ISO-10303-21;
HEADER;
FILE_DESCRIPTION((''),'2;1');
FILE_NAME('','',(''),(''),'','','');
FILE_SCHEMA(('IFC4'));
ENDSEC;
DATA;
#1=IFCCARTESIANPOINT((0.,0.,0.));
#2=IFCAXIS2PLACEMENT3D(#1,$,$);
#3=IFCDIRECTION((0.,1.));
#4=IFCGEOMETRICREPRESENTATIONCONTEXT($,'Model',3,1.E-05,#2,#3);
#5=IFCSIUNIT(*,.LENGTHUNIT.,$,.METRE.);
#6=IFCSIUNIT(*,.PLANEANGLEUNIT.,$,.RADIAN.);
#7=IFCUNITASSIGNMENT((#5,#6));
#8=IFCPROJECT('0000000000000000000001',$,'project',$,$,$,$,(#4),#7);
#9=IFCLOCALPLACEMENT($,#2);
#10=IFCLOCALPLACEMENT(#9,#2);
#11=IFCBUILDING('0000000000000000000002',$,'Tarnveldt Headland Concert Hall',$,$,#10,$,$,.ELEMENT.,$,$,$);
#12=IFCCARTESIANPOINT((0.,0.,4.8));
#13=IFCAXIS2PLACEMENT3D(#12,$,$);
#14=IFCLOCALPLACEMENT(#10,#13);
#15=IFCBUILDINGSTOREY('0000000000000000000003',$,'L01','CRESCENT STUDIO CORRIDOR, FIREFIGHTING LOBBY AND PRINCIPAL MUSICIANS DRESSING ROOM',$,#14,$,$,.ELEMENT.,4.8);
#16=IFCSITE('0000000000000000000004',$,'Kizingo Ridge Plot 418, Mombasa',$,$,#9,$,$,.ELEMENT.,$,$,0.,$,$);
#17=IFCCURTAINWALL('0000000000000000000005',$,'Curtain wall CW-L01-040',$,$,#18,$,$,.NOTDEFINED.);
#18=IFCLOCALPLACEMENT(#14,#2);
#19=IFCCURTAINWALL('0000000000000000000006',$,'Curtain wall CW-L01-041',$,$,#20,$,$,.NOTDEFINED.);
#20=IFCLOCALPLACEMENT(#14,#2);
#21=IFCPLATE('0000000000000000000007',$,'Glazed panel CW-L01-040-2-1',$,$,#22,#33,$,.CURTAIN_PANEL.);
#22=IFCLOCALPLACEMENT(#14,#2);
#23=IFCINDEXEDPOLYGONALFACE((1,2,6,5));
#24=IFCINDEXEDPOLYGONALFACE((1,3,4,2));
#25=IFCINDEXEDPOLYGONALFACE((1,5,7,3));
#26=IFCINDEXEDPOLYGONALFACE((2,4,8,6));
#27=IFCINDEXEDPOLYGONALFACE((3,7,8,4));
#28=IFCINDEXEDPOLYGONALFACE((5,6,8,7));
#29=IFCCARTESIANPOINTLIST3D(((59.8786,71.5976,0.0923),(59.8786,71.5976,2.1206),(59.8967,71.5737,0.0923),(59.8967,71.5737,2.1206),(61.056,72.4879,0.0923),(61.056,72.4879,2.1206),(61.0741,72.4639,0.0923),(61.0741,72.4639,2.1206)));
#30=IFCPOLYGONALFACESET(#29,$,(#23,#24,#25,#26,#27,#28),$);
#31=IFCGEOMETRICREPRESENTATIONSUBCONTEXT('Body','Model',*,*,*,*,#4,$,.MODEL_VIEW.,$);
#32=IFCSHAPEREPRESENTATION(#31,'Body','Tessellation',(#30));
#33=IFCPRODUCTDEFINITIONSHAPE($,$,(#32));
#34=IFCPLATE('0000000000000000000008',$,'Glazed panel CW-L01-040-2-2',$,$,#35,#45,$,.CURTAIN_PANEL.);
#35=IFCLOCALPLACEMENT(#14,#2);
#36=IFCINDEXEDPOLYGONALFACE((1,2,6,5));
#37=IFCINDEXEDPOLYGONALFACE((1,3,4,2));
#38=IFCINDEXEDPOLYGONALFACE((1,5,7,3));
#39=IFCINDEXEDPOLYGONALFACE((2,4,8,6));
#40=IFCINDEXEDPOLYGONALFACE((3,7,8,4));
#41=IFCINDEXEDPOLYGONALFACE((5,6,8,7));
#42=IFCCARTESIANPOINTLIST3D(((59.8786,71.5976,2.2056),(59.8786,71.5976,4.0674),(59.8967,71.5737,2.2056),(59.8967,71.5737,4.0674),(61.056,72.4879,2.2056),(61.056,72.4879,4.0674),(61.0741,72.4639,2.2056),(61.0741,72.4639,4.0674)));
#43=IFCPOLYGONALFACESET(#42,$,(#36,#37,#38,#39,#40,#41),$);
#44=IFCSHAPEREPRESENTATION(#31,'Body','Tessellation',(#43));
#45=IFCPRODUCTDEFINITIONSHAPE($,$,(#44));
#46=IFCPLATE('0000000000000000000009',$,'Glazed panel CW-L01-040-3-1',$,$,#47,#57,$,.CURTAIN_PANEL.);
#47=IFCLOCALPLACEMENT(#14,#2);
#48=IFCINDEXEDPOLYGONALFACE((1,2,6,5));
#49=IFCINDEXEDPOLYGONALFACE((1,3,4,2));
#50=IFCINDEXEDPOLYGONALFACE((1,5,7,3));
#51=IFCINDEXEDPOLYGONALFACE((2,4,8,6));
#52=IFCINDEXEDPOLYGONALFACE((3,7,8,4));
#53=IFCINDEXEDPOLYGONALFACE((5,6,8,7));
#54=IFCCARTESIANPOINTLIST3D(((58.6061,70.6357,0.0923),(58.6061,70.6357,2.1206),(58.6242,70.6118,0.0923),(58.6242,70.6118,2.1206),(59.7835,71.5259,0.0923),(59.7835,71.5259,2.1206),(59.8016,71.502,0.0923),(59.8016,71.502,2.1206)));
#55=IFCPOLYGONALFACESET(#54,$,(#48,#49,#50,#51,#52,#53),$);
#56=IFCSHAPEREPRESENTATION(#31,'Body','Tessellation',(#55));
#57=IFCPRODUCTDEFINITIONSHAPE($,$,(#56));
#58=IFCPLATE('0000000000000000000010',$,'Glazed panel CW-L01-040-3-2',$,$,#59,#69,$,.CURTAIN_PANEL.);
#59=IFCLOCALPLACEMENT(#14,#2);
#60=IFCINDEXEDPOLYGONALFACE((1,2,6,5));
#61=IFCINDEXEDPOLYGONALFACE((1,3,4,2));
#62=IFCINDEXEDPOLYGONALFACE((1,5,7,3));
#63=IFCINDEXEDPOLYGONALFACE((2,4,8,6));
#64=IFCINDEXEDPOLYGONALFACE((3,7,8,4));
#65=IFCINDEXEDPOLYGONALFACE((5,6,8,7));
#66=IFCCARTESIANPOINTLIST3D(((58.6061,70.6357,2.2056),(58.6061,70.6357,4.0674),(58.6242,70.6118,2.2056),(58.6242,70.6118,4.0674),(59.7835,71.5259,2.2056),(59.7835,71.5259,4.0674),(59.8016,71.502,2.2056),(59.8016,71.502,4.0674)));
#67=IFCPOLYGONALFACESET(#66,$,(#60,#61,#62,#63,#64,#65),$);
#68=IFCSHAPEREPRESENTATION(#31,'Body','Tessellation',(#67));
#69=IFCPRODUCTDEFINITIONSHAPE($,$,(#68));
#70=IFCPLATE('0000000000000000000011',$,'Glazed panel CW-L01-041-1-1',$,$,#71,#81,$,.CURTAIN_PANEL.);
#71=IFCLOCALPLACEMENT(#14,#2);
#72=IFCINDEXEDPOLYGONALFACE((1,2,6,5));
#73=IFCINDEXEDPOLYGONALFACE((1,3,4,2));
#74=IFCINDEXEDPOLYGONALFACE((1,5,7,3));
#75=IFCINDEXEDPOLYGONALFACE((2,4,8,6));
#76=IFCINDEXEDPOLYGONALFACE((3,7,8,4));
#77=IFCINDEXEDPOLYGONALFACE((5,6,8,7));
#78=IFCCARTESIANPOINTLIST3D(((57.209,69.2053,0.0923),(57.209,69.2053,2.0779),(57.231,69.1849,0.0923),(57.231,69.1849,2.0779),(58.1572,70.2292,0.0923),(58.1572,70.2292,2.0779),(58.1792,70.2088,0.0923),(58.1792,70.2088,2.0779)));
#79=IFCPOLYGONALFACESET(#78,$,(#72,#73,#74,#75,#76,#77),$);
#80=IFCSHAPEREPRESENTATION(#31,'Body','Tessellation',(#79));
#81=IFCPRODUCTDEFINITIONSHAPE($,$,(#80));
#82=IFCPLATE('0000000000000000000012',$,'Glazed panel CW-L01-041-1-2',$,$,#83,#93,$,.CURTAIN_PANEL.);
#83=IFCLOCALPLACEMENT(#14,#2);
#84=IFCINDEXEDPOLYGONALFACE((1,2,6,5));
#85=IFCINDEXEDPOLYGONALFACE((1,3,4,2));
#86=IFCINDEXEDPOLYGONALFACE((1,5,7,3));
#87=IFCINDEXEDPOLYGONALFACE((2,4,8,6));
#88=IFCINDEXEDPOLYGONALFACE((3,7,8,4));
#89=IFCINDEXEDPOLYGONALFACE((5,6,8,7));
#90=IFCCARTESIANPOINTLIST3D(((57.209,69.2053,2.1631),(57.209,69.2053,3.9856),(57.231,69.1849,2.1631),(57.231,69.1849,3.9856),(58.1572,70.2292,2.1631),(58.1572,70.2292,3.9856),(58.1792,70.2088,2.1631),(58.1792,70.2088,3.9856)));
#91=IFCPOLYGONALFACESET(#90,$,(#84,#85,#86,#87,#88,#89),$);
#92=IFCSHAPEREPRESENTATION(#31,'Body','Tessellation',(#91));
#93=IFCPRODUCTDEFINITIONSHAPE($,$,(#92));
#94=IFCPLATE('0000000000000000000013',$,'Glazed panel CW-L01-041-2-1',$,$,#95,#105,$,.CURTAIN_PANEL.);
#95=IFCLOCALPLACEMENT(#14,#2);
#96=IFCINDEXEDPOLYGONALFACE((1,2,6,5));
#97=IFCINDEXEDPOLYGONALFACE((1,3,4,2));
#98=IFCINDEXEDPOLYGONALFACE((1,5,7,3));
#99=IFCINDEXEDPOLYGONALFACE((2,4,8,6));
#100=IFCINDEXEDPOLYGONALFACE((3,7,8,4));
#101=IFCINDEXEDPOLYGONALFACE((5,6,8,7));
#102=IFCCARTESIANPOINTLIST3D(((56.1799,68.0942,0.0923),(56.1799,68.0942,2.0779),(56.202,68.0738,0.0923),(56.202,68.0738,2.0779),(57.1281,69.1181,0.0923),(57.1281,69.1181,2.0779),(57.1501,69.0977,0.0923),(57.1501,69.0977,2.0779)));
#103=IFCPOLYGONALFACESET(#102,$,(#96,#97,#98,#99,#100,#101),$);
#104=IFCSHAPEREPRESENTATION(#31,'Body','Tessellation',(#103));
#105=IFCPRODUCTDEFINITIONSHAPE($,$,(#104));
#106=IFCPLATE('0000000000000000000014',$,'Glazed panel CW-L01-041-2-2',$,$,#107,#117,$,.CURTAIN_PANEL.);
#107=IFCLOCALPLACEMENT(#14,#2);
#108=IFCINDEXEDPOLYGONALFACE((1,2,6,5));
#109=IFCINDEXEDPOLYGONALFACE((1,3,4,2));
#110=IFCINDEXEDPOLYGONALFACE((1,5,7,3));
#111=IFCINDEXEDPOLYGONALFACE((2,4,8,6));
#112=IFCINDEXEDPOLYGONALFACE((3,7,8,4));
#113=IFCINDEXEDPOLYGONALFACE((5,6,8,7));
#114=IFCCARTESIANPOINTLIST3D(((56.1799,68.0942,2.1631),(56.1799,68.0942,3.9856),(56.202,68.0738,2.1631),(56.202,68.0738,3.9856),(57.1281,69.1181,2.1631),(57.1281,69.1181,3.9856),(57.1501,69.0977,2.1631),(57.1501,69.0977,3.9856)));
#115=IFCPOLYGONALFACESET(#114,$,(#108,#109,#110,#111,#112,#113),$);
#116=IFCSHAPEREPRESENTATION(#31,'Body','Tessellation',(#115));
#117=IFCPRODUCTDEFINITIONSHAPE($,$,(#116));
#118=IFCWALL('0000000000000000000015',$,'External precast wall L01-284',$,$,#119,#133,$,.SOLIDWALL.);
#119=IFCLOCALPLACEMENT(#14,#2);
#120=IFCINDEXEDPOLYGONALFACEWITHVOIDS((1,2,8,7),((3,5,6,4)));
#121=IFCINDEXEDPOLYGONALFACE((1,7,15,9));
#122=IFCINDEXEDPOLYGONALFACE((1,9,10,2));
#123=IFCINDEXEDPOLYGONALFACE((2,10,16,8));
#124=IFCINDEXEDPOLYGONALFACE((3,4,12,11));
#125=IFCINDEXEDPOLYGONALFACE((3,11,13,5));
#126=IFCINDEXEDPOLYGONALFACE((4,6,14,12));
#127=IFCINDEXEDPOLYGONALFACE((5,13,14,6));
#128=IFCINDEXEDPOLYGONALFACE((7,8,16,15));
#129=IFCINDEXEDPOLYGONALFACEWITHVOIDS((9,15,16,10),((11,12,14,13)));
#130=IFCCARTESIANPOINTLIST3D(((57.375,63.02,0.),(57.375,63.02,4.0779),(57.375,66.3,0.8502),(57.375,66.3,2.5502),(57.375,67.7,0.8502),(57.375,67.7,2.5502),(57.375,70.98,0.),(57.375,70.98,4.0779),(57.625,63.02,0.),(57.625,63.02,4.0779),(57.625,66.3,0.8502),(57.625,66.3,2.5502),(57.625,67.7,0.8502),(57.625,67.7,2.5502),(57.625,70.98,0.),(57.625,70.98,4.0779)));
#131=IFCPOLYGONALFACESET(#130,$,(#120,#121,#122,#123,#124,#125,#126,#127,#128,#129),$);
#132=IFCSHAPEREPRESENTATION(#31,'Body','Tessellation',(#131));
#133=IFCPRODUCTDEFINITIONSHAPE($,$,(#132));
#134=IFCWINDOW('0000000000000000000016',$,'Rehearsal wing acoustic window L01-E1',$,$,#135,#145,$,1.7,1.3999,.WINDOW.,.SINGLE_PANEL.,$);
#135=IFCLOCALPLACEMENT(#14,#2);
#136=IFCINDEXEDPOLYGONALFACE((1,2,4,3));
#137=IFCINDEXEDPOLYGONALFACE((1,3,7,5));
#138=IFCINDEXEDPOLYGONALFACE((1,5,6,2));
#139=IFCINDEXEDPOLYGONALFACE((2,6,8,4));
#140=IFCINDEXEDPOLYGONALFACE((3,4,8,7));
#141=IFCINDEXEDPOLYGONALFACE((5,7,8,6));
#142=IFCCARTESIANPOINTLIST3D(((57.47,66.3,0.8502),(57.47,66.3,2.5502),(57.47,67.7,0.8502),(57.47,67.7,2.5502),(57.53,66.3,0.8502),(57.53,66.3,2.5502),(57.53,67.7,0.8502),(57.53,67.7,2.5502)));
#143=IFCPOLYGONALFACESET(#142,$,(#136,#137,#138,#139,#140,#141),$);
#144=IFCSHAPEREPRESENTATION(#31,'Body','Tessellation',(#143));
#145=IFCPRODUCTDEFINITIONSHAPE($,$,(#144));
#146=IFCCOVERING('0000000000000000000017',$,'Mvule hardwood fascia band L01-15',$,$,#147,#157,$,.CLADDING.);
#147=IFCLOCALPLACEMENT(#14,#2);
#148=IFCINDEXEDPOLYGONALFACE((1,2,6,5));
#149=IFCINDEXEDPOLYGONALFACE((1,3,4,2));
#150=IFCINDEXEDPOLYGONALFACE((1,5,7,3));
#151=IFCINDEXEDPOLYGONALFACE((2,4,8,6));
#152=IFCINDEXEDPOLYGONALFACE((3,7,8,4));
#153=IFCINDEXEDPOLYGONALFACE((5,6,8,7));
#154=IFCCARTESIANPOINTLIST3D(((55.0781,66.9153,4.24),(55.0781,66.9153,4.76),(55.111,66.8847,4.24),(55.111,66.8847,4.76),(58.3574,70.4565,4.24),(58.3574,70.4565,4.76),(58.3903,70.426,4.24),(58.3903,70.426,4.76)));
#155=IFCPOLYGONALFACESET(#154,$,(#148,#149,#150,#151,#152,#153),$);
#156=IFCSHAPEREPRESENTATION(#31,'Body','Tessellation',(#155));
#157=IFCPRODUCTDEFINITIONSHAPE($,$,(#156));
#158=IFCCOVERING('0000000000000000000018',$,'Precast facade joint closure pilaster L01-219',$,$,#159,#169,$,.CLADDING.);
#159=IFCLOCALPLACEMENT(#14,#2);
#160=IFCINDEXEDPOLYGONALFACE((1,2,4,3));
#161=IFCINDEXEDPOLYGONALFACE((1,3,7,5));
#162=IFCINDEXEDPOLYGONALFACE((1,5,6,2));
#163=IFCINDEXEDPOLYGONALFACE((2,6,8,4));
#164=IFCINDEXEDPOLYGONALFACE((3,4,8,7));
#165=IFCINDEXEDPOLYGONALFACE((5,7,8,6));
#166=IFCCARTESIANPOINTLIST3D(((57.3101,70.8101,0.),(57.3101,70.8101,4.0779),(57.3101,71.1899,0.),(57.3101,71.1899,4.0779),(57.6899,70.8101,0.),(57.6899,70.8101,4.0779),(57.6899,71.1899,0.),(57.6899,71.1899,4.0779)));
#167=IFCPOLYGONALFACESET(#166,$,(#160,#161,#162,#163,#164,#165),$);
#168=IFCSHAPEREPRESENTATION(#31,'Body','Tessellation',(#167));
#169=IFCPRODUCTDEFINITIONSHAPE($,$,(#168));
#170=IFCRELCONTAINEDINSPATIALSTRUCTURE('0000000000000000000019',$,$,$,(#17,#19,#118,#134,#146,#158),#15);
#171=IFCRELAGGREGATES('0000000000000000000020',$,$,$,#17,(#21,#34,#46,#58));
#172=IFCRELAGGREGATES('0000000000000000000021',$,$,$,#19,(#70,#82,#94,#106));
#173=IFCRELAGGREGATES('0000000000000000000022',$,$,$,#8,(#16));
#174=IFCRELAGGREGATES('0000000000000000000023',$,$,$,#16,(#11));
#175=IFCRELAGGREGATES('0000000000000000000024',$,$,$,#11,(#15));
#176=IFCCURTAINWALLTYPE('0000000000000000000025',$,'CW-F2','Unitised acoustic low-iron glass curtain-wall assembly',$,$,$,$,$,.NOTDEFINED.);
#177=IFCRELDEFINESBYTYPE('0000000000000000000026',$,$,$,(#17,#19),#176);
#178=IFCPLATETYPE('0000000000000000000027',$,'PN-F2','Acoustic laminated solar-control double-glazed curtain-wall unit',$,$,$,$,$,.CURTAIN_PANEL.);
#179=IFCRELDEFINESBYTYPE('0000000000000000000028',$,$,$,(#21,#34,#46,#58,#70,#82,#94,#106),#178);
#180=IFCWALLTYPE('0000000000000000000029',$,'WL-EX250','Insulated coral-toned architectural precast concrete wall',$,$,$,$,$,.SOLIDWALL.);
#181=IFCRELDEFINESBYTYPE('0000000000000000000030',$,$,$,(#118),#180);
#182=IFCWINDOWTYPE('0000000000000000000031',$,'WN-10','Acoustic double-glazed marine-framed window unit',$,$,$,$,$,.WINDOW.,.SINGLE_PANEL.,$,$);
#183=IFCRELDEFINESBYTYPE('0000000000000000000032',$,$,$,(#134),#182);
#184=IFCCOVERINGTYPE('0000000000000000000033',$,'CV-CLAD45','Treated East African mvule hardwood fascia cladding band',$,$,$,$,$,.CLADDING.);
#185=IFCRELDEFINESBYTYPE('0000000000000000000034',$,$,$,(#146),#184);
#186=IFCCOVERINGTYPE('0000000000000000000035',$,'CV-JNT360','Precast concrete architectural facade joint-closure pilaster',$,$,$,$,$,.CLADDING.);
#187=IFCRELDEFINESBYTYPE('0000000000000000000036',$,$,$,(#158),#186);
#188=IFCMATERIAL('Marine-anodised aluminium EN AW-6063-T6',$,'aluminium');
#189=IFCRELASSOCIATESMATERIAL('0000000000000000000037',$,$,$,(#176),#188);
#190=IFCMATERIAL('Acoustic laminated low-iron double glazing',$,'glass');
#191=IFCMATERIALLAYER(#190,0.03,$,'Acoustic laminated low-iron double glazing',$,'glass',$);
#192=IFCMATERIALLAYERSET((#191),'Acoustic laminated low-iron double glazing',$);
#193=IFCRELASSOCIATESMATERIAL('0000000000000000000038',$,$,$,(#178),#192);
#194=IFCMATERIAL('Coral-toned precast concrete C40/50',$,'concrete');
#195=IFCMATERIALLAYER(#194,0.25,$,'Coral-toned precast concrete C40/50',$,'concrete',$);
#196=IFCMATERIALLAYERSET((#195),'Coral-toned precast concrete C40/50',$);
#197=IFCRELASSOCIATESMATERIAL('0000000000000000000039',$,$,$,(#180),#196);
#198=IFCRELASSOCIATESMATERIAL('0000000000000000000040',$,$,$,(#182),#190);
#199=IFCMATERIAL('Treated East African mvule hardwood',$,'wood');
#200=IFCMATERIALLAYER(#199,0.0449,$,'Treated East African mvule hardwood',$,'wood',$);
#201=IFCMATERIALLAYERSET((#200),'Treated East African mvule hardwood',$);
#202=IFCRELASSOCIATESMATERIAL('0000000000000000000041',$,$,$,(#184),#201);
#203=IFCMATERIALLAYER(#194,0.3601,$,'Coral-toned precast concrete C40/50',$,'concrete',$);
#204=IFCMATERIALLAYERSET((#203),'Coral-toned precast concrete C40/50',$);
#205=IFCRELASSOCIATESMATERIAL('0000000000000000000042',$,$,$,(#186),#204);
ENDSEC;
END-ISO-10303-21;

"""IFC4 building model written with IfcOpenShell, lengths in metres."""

from ifc_helpers import new_model, si_unit, direction, frame, frame_2d, origin, origin_2d, place, context, subcontext, project, spatial, rectangle, extrude, material, layer, layer_set, type_object, element, fill, aggregate, save


model = new_model("IFC4")

# Units and contexts
model_context = context("Model", 3, precision=1e-05, world=origin(), true_north=direction((0.0, 1.0)))
body_context = subcontext(model_context, "Body", "Model", "MODEL_VIEW")
ifc_project = project(units=[si_unit("LENGTHUNIT", "METRE"), si_unit("PLANEANGLEUNIT", "RADIAN")], contexts=[model_context])

# Site, building, storey
site_placement = place(None, origin())
site = spatial("IfcSite", under=ifc_project, at=site_placement, Name="Kizingo Ridge Plot 418, Mombasa", CompositionType="ELEMENT", RefElevation=0.0)
building_placement = place(site_placement, origin())
building = spatial("IfcBuilding", under=site, at=building_placement, Name="Tarnveldt Headland Concert Hall", CompositionType="ELEMENT")
storey_placement = place(building_placement, frame((0.0, 0.0, 4.8)))
storey = spatial("IfcBuildingStorey", under=building, at=storey_placement, Name="L01", Description="CRESCENT STUDIO CORRIDOR, FIREFIGHTING LOBBY AND PRINCIPAL MUSICIANS DRESSING ROOM", CompositionType="ELEMENT", Elevation=4.8)

# Curtain walls
ifc_material_1 = material(Name="Marine-anodised aluminium EN AW-6063-T6", Category="aluminium")
curtain_wall_type = type_object("IfcCurtainWallType", Name="CW-F2", Description="Unitised acoustic low-iron glass curtain-wall assembly", PredefinedType="NOTDEFINED", material=ifc_material_1)
curtain_wall_1_placement = place(storey_placement, origin())
curtain_wall_1 = element("IfcCurtainWall", 1, at=curtain_wall_1_placement, inside=storey, type_object=curtain_wall_type, Name="Curtain wall CW-L01-040", PredefinedType="NOTDEFINED")
curtain_wall_2_placement = place(storey_placement, origin())
curtain_wall_2 = element("IfcCurtainWall", 2, at=curtain_wall_2_placement, inside=storey, type_object=curtain_wall_type, Name="Curtain wall CW-L01-041", PredefinedType="NOTDEFINED")

# Plates
ifc_material_2 = material(Name="Acoustic laminated low-iron double glazing", Category="glass")
ifc_layer_1 = layer(ifc_material_2, 0.03, Name="Acoustic laminated low-iron double glazing", Category="glass")
ifc_layer_set_1 = layer_set([ifc_layer_1], Name="Acoustic laminated low-iron double glazing")
plate_type = type_object("IfcPlateType", Name="PN-F2", Description="Acoustic laminated solar-control double-glazed curtain-wall unit", PredefinedType="CURTAIN_PANEL", material=ifc_layer_set_1)
plate_1_placement = place(storey_placement, frame((60.4763, 72.0308, 0.0923), z_axis=(0.0, 0.0, 1.0), x_axis=(-0.797658, -0.603111, 0.0)))
plate_1 = element("IfcPlate", 3, at=plate_1_placement, type_object=plate_type, Name="Glazed panel CW-L01-040-2-1", PredefinedType="CURTAIN_PANEL", context=body_context, shape_type="SweptSolid", body=[
    extrude(rectangle(XDim=1.4761, YDim=0.03, at=origin_2d()), origin(), (0.0, 0.0, 1.0), 2.0283),
])
plate_2_placement = place(storey_placement, frame((60.4763, 72.0308, 2.2056), z_axis=(0.0, 0.0, 1.0), x_axis=(-0.797658, -0.603111, 0.0)))
plate_2 = element("IfcPlate", 4, at=plate_2_placement, type_object=plate_type, Name="Glazed panel CW-L01-040-2-2", PredefinedType="CURTAIN_PANEL", context=body_context, shape_type="SweptSolid", body=[
    extrude(rectangle(XDim=1.4761, YDim=0.03, at=origin_2d()), origin(), (0.0, 0.0, 1.0), 1.8618),
])
plate_3_placement = place(storey_placement, frame((59.2039, 71.0688, 0.0923), z_axis=(0.0, 0.0, 1.0), x_axis=(-0.797658, -0.603111, 0.0)))
plate_3 = element("IfcPlate", 5, at=plate_3_placement, type_object=plate_type, Name="Glazed panel CW-L01-040-3-1", PredefinedType="CURTAIN_PANEL", context=body_context, shape_type="SweptSolid", body=[
    extrude(rectangle(XDim=1.4761, YDim=0.03, at=origin_2d()), origin(), (0.0, 0.0, 1.0), 2.0283),
])
plate_4_placement = place(storey_placement, frame((59.2039, 71.0688, 2.2056), z_axis=(0.0, 0.0, 1.0), x_axis=(-0.797658, -0.603111, 0.0)))
plate_4 = element("IfcPlate", 6, at=plate_4_placement, type_object=plate_type, Name="Glazed panel CW-L01-040-3-2", PredefinedType="CURTAIN_PANEL", context=body_context, shape_type="SweptSolid", body=[
    extrude(rectangle(XDim=1.4761, YDim=0.03, at=origin_2d()), origin(), (0.0, 0.0, 1.0), 1.8618),
])
aggregate(curtain_wall_1, [plate_1, plate_2, plate_3, plate_4])
plate_5_placement = place(storey_placement, frame((57.6941, 69.707, 0.0923), z_axis=(0.0, 0.0, 1.0), x_axis=(-0.679454, -0.733718, 0.0)))
plate_5 = element("IfcPlate", 7, at=plate_5_placement, type_object=plate_type, Name="Glazed panel CW-L01-041-1-1", PredefinedType="CURTAIN_PANEL", context=body_context, shape_type="SweptSolid", body=[
    extrude(rectangle(XDim=1.3955, YDim=0.03, at=origin_2d()), origin(), (0.0, 0.0, 1.0), 1.9856),
])
plate_6_placement = place(storey_placement, frame((57.6941, 69.707, 2.1631), z_axis=(0.0, 0.0, 1.0), x_axis=(-0.679454, -0.733718, 0.0)))
plate_6 = element("IfcPlate", 8, at=plate_6_placement, type_object=plate_type, Name="Glazed panel CW-L01-041-1-2", PredefinedType="CURTAIN_PANEL", context=body_context, shape_type="SweptSolid", body=[
    extrude(rectangle(XDim=1.3955, YDim=0.03, at=origin_2d()), origin(), (0.0, 0.0, 1.0), 1.8225),
])
plate_7_placement = place(storey_placement, frame((56.665, 68.5959, 0.0923), z_axis=(0.0, 0.0, 1.0), x_axis=(-0.679454, -0.733718, 0.0)))
plate_7 = element("IfcPlate", 9, at=plate_7_placement, type_object=plate_type, Name="Glazed panel CW-L01-041-2-1", PredefinedType="CURTAIN_PANEL", context=body_context, shape_type="SweptSolid", body=[
    extrude(rectangle(XDim=1.3955, YDim=0.03, at=origin_2d()), origin(), (0.0, 0.0, 1.0), 1.9856),
])
plate_8_placement = place(storey_placement, frame((56.665, 68.5959, 2.1631), z_axis=(0.0, 0.0, 1.0), x_axis=(-0.679454, -0.733718, 0.0)))
plate_8 = element("IfcPlate", 10, at=plate_8_placement, type_object=plate_type, Name="Glazed panel CW-L01-041-2-2", PredefinedType="CURTAIN_PANEL", context=body_context, shape_type="SweptSolid", body=[
    extrude(rectangle(XDim=1.3955, YDim=0.03, at=origin_2d()), origin(), (0.0, 0.0, 1.0), 1.8225),
])
aggregate(curtain_wall_2, [plate_5, plate_6, plate_7, plate_8])

# Wall, opening, window
ifc_material_3 = material(Name="Coral-toned precast concrete C40/50", Category="concrete")
ifc_layer_2 = layer(ifc_material_3, 0.25, Name="Coral-toned precast concrete C40/50", Category="concrete")
ifc_layer_set_2 = layer_set([ifc_layer_2], Name="Coral-toned precast concrete C40/50")
wall_type = type_object("IfcWallType", Name="WL-EX250", Description="Insulated coral-toned architectural precast concrete wall", PredefinedType="SOLIDWALL", material=ifc_layer_set_2)
wall_placement = place(storey_placement, frame((57.5, 70.98, 0.0), z_axis=(0.0, 0.0, 1.0), x_axis=(0.0, -1.0, 0.0)))
wall = element("IfcWall", 11, at=wall_placement, inside=storey, type_object=wall_type, Name="External precast wall L01-284", PredefinedType="SOLIDWALL", context=body_context, shape_type="SweptSolid", body=[
    extrude(rectangle(XDim=7.96, YDim=0.25, at=frame_2d((3.98, 0.0))), origin(), (0.0, 0.0, 1.0), 4.0779),
])
opening_placement = place(wall_placement, frame((3.28, 0.0, 0.8501)))
opening = element("IfcOpeningElement", 12, at=opening_placement, cuts=wall, PredefinedType="OPENING", context=body_context, shape_type="SweptSolid", body=[
    extrude(rectangle(XDim=1.3999, YDim=1.7, at=frame_2d((0.7, 0.8501))), frame((0.0, 0.135, 0.0), z_axis=(0.0, -1.0, 0.0), x_axis=(1.0, 0.0, 0.0)), (0.0, 0.0, 1.0), 0.27),
])
window_type = type_object("IfcWindowType", Name="WN-10", Description="Acoustic double-glazed marine-framed window unit", PartitioningType="SINGLE_PANEL", PredefinedType="WINDOW", material=ifc_material_2)
window_placement = place(opening_placement, origin())
window = element("IfcWindow", 13, at=window_placement, inside=storey, type_object=window_type, Name="Rehearsal wing acoustic window L01-E1", OverallHeight=1.7, OverallWidth=1.3999, PartitioningType="SINGLE_PANEL", PredefinedType="WINDOW", context=body_context, shape_type="SweptSolid", body=[
    extrude(rectangle(XDim=1.3999, YDim=1.7, at=frame_2d((0.7, 0.8501))), frame((0.0, 0.03, 0.0), z_axis=(0.0, -1.0, 0.0), x_axis=(1.0, 0.0, 0.0)), (0.0, 0.0, 1.0), 0.0601),
])
fill(opening, window)

# Coverings
ifc_material_4 = material(Name="Treated East African mvule hardwood", Category="wood")
ifc_layer_3 = layer(ifc_material_4, 0.0449, Name="Treated East African mvule hardwood", Category="wood")
ifc_layer_set_3 = layer_set([ifc_layer_3], Name="Treated East African mvule hardwood")
covering_type_1 = type_object("IfcCoveringType", Name="CV-CLAD45", Description="Treated East African mvule hardwood fascia cladding band", PredefinedType="CLADDING", material=ifc_layer_set_3)
covering_1_placement = place(storey_placement, frame((58.3738, 70.4412, 4.24), z_axis=(0.0, 0.0, 1.0), x_axis=(-0.679447, -0.733724, 0.0)))
element("IfcCovering", 14, at=covering_1_placement, inside=storey, type_object=covering_type_1, Name="Mvule hardwood fascia band L01-15", PredefinedType="CLADDING", context=body_context, shape_type="SweptSolid", body=[
    extrude(rectangle(XDim=4.8264, YDim=0.0449, at=frame_2d((2.4131, 0.0))), origin(), (0.0, 0.0, 1.0), 0.52),
])
ifc_layer_4 = layer(ifc_material_3, 0.3601, Name="Coral-toned precast concrete C40/50", Category="concrete")
ifc_layer_set_4 = layer_set([ifc_layer_4], Name="Coral-toned precast concrete C40/50")
covering_type_2 = type_object("IfcCoveringType", Name="CV-JNT360", Description="Precast concrete architectural facade joint-closure pilaster", PredefinedType="CLADDING", material=ifc_layer_set_4)
covering_2_placement = place(storey_placement, frame((57.5, 71.0, 0.0), z_axis=(0.0, 0.0, 1.0), x_axis=(0.0, -1.0, 0.0)))
element("IfcCovering", 15, at=covering_2_placement, inside=storey, type_object=covering_type_2, Name="Precast facade joint closure pilaster L01-219", PredefinedType="CLADDING", context=body_context, shape_type="SweptSolid", body=[
    extrude(rectangle(XDim=0.3799, YDim=0.3799, at=origin_2d()), origin(), (0.0, 0.0, 1.0), 4.0779),
])

save(model, "model.ifc")
